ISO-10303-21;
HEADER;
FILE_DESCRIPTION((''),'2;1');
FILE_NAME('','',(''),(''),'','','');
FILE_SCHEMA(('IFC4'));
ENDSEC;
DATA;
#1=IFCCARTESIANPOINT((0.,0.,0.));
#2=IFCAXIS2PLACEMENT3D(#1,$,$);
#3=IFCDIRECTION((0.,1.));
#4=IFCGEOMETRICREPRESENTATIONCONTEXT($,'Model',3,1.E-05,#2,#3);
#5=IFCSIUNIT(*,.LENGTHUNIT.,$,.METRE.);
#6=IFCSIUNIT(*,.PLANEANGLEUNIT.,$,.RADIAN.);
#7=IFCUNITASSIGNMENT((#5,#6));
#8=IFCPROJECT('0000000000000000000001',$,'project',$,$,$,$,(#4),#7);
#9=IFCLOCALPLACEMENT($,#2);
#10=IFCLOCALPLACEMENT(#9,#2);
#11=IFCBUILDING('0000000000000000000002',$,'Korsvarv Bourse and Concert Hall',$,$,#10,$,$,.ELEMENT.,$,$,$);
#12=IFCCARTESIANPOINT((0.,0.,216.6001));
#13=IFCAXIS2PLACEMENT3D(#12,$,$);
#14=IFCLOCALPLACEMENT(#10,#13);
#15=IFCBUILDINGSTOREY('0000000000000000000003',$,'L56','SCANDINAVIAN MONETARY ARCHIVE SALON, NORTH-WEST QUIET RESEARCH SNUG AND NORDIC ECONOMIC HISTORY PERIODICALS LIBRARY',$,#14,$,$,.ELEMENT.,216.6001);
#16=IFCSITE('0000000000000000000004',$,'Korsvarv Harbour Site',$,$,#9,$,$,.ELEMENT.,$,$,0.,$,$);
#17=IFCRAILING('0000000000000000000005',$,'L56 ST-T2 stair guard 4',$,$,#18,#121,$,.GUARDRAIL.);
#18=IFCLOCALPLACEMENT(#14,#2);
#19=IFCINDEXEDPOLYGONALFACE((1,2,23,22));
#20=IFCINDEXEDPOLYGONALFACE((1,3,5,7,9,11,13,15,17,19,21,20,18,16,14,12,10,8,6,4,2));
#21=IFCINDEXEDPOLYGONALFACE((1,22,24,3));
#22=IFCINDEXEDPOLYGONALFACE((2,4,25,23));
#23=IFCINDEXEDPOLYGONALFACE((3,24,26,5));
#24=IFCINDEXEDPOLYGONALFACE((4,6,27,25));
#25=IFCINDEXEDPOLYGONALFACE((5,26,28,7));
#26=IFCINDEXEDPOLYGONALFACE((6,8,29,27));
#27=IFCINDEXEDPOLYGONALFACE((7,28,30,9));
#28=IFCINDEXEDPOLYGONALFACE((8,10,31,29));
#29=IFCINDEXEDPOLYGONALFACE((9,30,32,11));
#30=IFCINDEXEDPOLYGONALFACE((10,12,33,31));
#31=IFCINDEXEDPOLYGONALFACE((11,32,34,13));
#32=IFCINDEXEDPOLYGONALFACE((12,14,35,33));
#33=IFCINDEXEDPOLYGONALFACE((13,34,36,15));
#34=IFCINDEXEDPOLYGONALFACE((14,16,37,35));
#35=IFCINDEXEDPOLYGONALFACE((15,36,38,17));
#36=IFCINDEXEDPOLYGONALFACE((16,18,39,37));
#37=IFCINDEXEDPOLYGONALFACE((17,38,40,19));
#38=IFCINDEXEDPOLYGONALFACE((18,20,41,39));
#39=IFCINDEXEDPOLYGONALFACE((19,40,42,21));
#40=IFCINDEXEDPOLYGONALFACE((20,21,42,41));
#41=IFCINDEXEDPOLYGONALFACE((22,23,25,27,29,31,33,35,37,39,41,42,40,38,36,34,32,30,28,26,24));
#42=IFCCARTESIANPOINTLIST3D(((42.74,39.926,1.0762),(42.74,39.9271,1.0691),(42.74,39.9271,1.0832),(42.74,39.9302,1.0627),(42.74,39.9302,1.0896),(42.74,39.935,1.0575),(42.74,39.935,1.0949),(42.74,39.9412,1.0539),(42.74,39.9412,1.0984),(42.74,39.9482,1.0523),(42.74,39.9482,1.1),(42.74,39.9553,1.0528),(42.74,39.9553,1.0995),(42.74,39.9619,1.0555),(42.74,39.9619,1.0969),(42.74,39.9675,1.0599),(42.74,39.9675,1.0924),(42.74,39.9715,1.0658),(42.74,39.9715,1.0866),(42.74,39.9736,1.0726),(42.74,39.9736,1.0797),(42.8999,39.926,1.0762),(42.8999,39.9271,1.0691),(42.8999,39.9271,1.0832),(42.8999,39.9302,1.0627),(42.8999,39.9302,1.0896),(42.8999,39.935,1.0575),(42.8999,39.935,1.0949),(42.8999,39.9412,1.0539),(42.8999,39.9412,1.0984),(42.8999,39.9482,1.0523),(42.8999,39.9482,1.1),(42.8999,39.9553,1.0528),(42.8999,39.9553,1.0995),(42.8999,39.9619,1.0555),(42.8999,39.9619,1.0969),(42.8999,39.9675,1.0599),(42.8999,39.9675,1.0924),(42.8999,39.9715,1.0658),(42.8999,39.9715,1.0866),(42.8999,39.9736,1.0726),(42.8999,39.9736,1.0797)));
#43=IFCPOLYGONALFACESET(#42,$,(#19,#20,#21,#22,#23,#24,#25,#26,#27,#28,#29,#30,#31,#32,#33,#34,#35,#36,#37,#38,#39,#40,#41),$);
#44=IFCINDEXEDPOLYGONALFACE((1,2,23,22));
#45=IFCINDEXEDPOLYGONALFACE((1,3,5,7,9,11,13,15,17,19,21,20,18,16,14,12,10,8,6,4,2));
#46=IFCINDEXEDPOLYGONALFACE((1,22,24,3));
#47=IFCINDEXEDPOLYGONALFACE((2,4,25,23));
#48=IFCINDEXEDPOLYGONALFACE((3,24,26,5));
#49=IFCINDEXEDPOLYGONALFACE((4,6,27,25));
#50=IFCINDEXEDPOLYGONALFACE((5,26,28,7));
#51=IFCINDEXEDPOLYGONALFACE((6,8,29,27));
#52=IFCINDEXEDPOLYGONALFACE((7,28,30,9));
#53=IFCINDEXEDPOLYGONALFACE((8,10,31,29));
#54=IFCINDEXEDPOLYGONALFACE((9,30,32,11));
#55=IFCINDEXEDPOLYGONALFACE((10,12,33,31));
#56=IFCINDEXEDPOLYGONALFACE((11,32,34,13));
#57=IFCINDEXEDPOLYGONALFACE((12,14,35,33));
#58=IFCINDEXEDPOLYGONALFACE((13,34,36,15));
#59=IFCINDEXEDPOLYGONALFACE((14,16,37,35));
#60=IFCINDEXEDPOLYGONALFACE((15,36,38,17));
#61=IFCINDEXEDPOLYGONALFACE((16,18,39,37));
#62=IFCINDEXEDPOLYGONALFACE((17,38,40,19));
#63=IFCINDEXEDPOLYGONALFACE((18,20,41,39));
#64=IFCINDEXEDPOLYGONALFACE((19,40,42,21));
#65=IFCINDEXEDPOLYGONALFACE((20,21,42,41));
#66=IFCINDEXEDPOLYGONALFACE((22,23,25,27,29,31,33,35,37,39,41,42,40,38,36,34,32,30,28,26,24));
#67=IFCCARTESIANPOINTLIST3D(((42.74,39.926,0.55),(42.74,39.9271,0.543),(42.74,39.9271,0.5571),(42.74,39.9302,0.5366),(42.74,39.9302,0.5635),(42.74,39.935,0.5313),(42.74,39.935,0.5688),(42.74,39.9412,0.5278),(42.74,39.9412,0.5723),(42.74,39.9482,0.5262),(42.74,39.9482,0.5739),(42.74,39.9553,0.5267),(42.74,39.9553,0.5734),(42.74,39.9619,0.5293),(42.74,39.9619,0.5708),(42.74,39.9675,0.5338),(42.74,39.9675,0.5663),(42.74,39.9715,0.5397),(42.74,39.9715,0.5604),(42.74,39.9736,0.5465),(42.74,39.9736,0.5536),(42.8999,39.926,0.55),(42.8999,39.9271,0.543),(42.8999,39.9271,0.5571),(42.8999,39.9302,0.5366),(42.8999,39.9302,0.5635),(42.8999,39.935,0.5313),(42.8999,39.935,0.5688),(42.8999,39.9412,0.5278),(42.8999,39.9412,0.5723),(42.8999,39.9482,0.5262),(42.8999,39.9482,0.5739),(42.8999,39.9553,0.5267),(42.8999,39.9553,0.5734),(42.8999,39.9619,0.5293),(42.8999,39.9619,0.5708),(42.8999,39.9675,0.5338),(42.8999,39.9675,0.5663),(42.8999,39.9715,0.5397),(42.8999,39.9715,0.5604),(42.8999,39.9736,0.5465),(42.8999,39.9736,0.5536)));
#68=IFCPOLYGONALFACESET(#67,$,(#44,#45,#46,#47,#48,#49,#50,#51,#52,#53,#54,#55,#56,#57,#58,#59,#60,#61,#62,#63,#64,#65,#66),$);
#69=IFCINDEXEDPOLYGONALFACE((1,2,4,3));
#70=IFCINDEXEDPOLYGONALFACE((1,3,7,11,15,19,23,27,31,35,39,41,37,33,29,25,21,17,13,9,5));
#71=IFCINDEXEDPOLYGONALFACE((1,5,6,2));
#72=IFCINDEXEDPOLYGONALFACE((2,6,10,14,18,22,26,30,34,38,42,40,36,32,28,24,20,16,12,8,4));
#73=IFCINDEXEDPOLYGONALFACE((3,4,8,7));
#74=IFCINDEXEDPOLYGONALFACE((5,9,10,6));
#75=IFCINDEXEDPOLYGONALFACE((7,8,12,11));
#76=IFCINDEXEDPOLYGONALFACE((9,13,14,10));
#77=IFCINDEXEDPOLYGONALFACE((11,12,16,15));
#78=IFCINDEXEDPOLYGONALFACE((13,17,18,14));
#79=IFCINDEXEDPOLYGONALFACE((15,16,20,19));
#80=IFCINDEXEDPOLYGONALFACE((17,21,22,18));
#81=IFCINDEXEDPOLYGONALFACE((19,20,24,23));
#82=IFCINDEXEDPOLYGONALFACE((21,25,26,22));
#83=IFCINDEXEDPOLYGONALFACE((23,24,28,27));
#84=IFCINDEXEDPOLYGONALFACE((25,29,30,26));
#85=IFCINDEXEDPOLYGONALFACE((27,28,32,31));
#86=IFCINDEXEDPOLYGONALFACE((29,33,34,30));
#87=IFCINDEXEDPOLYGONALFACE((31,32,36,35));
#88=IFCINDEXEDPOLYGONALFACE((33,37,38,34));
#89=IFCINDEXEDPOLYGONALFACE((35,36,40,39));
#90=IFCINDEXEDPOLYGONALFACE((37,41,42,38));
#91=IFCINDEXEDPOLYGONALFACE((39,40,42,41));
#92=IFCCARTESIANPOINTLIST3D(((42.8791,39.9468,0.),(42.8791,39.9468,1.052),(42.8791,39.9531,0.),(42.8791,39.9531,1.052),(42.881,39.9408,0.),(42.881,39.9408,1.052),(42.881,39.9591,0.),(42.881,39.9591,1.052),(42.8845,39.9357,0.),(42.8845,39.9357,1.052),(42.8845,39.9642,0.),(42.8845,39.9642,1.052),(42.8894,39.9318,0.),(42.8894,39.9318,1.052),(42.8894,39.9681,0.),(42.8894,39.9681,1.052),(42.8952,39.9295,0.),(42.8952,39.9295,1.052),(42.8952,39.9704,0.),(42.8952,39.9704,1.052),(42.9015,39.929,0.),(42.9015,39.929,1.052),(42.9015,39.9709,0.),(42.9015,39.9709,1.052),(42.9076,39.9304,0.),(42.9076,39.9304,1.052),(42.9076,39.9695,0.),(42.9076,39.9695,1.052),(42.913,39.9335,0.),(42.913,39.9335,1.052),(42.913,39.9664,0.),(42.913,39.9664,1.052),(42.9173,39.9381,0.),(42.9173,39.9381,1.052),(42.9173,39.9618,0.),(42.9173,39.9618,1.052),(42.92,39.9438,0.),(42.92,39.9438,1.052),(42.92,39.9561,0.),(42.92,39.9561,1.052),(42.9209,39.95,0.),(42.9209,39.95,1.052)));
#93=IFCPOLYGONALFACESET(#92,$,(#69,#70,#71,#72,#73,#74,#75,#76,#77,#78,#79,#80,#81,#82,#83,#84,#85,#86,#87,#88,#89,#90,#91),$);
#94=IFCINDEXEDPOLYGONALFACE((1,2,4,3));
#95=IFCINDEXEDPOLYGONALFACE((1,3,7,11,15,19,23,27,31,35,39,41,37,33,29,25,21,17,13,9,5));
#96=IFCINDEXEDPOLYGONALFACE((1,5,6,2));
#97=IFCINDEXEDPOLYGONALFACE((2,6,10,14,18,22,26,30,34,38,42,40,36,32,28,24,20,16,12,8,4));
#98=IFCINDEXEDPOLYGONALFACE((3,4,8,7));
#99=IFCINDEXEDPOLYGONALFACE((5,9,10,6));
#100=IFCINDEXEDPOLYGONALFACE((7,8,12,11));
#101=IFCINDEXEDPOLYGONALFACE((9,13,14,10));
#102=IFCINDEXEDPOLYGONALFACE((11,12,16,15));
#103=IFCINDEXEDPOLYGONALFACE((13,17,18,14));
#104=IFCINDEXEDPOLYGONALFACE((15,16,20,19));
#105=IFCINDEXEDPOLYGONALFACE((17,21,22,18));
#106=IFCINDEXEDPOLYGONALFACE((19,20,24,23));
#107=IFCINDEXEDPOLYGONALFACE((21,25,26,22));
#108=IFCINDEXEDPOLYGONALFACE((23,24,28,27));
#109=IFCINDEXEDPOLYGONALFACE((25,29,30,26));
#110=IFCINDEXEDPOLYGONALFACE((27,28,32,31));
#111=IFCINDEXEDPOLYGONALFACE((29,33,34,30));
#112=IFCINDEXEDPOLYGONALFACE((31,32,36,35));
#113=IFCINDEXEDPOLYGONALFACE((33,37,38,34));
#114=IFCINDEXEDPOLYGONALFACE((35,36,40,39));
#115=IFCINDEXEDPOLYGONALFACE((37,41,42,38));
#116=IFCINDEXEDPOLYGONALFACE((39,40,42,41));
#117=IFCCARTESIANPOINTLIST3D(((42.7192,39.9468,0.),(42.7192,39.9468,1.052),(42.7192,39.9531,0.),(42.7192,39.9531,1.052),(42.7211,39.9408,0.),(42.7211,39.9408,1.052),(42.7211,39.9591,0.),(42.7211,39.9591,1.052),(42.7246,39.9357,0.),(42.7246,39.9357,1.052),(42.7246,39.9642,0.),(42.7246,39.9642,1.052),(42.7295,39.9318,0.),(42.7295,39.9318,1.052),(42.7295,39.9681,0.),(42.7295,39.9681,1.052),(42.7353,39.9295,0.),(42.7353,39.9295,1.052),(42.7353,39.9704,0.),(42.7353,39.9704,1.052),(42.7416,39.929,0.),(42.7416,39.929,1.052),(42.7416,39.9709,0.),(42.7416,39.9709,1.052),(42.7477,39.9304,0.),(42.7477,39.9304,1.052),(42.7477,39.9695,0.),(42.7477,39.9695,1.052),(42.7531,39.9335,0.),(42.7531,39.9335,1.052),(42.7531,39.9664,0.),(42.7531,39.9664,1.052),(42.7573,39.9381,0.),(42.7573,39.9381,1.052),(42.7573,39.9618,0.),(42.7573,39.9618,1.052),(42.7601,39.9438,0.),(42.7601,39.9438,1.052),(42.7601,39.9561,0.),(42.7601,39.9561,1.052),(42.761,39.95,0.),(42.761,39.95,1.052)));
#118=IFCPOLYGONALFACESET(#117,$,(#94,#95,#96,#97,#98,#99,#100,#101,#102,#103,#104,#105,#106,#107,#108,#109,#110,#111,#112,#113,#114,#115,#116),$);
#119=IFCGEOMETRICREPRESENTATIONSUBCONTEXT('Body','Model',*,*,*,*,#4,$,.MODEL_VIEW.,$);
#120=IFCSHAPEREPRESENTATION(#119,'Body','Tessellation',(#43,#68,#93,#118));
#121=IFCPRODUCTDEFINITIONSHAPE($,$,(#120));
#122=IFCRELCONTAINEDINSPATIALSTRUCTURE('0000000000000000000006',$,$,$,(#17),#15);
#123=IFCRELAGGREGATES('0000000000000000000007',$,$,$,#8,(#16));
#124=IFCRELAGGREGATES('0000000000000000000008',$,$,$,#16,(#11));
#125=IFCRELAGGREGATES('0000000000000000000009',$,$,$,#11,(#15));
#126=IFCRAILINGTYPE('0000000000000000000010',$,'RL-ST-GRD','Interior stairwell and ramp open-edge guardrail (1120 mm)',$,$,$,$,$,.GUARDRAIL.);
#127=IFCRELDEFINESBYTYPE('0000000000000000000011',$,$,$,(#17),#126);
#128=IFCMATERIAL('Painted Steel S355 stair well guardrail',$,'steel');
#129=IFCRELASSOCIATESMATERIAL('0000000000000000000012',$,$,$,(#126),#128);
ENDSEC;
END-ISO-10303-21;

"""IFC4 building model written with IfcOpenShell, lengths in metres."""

from ifc_helpers import new_model, si_unit, direction, frame, origin, origin_2d, place, context, subcontext, project, spatial, circle, extrude, material, type_object, element, save


model = new_model("IFC4")

# Units and contexts
model_context = context("Model", 3, precision=1e-05, world=origin(), true_north=direction((0.0, 1.0)))
body_context = subcontext(model_context, "Body", "Model", "MODEL_VIEW")
ifc_project = project(units=[si_unit("LENGTHUNIT", "METRE"), si_unit("PLANEANGLEUNIT", "RADIAN")], contexts=[model_context])

# Site, building, storey
site_placement = place(None, origin())
site = spatial("IfcSite", under=ifc_project, at=site_placement, Name="Korsvarv Harbour Site", CompositionType="ELEMENT", RefElevation=0.0)
building_placement = place(site_placement, origin())
building = spatial("IfcBuilding", under=site, at=building_placement, Name="Korsvarv Bourse and Concert Hall", CompositionType="ELEMENT")
storey_placement = place(building_placement, frame((0.0, 0.0, 216.6001)))
storey = spatial("IfcBuildingStorey", under=building, at=storey_placement, Name="L56", Description="SCANDINAVIAN MONETARY ARCHIVE SALON, NORTH-WEST QUIET RESEARCH SNUG AND NORDIC ECONOMIC HISTORY PERIODICALS LIBRARY", CompositionType="ELEMENT", Elevation=216.6001)

# Railing
ifc_material_1 = material(Name="Painted Steel S355 stair well guardrail", Category="steel")
railing_type_1 = type_object("IfcRailingType", Name="RL-ST-GRD", Description="Interior stairwell and ramp open-edge guardrail (1120 mm)", PredefinedType="GUARDRAIL", material=ifc_material_1)
railing_1_placement = place(storey_placement, frame((42.8999, 39.95, 0.0)))
element("IfcRailing", 1, at=railing_1_placement, inside=storey, type_object=railing_type_1, Name="L56 ST-T2 stair guard 4", PredefinedType="GUARDRAIL", context=body_context, shape_type="SweptSolid", body=[
    extrude(circle(Radius=0.0239, at=origin_2d()), frame((0.0, 0.0, 1.0762), z_axis=(-1.0, 0.0, 0.0), x_axis=(0.0, -1.0, 0.0)), (0.0, 0.0, 1.0), 0.1599),
    extrude(circle(Radius=0.0239, at=origin_2d()), frame((0.0, 0.0, 0.55), z_axis=(-1.0, 0.0, 0.0), x_axis=(0.0, -1.0, 0.0)), (0.0, 0.0, 1.0), 0.1599),
    extrude(circle(Radius=0.021, at=origin_2d()), origin(), (0.0, 0.0, 1.0), 1.052),
    extrude(circle(Radius=0.021, at=origin_2d()), frame((-0.1599, 0.0, 0.0)), (0.0, 0.0, 1.0), 1.052),
])

save(model, "model.ifc")
